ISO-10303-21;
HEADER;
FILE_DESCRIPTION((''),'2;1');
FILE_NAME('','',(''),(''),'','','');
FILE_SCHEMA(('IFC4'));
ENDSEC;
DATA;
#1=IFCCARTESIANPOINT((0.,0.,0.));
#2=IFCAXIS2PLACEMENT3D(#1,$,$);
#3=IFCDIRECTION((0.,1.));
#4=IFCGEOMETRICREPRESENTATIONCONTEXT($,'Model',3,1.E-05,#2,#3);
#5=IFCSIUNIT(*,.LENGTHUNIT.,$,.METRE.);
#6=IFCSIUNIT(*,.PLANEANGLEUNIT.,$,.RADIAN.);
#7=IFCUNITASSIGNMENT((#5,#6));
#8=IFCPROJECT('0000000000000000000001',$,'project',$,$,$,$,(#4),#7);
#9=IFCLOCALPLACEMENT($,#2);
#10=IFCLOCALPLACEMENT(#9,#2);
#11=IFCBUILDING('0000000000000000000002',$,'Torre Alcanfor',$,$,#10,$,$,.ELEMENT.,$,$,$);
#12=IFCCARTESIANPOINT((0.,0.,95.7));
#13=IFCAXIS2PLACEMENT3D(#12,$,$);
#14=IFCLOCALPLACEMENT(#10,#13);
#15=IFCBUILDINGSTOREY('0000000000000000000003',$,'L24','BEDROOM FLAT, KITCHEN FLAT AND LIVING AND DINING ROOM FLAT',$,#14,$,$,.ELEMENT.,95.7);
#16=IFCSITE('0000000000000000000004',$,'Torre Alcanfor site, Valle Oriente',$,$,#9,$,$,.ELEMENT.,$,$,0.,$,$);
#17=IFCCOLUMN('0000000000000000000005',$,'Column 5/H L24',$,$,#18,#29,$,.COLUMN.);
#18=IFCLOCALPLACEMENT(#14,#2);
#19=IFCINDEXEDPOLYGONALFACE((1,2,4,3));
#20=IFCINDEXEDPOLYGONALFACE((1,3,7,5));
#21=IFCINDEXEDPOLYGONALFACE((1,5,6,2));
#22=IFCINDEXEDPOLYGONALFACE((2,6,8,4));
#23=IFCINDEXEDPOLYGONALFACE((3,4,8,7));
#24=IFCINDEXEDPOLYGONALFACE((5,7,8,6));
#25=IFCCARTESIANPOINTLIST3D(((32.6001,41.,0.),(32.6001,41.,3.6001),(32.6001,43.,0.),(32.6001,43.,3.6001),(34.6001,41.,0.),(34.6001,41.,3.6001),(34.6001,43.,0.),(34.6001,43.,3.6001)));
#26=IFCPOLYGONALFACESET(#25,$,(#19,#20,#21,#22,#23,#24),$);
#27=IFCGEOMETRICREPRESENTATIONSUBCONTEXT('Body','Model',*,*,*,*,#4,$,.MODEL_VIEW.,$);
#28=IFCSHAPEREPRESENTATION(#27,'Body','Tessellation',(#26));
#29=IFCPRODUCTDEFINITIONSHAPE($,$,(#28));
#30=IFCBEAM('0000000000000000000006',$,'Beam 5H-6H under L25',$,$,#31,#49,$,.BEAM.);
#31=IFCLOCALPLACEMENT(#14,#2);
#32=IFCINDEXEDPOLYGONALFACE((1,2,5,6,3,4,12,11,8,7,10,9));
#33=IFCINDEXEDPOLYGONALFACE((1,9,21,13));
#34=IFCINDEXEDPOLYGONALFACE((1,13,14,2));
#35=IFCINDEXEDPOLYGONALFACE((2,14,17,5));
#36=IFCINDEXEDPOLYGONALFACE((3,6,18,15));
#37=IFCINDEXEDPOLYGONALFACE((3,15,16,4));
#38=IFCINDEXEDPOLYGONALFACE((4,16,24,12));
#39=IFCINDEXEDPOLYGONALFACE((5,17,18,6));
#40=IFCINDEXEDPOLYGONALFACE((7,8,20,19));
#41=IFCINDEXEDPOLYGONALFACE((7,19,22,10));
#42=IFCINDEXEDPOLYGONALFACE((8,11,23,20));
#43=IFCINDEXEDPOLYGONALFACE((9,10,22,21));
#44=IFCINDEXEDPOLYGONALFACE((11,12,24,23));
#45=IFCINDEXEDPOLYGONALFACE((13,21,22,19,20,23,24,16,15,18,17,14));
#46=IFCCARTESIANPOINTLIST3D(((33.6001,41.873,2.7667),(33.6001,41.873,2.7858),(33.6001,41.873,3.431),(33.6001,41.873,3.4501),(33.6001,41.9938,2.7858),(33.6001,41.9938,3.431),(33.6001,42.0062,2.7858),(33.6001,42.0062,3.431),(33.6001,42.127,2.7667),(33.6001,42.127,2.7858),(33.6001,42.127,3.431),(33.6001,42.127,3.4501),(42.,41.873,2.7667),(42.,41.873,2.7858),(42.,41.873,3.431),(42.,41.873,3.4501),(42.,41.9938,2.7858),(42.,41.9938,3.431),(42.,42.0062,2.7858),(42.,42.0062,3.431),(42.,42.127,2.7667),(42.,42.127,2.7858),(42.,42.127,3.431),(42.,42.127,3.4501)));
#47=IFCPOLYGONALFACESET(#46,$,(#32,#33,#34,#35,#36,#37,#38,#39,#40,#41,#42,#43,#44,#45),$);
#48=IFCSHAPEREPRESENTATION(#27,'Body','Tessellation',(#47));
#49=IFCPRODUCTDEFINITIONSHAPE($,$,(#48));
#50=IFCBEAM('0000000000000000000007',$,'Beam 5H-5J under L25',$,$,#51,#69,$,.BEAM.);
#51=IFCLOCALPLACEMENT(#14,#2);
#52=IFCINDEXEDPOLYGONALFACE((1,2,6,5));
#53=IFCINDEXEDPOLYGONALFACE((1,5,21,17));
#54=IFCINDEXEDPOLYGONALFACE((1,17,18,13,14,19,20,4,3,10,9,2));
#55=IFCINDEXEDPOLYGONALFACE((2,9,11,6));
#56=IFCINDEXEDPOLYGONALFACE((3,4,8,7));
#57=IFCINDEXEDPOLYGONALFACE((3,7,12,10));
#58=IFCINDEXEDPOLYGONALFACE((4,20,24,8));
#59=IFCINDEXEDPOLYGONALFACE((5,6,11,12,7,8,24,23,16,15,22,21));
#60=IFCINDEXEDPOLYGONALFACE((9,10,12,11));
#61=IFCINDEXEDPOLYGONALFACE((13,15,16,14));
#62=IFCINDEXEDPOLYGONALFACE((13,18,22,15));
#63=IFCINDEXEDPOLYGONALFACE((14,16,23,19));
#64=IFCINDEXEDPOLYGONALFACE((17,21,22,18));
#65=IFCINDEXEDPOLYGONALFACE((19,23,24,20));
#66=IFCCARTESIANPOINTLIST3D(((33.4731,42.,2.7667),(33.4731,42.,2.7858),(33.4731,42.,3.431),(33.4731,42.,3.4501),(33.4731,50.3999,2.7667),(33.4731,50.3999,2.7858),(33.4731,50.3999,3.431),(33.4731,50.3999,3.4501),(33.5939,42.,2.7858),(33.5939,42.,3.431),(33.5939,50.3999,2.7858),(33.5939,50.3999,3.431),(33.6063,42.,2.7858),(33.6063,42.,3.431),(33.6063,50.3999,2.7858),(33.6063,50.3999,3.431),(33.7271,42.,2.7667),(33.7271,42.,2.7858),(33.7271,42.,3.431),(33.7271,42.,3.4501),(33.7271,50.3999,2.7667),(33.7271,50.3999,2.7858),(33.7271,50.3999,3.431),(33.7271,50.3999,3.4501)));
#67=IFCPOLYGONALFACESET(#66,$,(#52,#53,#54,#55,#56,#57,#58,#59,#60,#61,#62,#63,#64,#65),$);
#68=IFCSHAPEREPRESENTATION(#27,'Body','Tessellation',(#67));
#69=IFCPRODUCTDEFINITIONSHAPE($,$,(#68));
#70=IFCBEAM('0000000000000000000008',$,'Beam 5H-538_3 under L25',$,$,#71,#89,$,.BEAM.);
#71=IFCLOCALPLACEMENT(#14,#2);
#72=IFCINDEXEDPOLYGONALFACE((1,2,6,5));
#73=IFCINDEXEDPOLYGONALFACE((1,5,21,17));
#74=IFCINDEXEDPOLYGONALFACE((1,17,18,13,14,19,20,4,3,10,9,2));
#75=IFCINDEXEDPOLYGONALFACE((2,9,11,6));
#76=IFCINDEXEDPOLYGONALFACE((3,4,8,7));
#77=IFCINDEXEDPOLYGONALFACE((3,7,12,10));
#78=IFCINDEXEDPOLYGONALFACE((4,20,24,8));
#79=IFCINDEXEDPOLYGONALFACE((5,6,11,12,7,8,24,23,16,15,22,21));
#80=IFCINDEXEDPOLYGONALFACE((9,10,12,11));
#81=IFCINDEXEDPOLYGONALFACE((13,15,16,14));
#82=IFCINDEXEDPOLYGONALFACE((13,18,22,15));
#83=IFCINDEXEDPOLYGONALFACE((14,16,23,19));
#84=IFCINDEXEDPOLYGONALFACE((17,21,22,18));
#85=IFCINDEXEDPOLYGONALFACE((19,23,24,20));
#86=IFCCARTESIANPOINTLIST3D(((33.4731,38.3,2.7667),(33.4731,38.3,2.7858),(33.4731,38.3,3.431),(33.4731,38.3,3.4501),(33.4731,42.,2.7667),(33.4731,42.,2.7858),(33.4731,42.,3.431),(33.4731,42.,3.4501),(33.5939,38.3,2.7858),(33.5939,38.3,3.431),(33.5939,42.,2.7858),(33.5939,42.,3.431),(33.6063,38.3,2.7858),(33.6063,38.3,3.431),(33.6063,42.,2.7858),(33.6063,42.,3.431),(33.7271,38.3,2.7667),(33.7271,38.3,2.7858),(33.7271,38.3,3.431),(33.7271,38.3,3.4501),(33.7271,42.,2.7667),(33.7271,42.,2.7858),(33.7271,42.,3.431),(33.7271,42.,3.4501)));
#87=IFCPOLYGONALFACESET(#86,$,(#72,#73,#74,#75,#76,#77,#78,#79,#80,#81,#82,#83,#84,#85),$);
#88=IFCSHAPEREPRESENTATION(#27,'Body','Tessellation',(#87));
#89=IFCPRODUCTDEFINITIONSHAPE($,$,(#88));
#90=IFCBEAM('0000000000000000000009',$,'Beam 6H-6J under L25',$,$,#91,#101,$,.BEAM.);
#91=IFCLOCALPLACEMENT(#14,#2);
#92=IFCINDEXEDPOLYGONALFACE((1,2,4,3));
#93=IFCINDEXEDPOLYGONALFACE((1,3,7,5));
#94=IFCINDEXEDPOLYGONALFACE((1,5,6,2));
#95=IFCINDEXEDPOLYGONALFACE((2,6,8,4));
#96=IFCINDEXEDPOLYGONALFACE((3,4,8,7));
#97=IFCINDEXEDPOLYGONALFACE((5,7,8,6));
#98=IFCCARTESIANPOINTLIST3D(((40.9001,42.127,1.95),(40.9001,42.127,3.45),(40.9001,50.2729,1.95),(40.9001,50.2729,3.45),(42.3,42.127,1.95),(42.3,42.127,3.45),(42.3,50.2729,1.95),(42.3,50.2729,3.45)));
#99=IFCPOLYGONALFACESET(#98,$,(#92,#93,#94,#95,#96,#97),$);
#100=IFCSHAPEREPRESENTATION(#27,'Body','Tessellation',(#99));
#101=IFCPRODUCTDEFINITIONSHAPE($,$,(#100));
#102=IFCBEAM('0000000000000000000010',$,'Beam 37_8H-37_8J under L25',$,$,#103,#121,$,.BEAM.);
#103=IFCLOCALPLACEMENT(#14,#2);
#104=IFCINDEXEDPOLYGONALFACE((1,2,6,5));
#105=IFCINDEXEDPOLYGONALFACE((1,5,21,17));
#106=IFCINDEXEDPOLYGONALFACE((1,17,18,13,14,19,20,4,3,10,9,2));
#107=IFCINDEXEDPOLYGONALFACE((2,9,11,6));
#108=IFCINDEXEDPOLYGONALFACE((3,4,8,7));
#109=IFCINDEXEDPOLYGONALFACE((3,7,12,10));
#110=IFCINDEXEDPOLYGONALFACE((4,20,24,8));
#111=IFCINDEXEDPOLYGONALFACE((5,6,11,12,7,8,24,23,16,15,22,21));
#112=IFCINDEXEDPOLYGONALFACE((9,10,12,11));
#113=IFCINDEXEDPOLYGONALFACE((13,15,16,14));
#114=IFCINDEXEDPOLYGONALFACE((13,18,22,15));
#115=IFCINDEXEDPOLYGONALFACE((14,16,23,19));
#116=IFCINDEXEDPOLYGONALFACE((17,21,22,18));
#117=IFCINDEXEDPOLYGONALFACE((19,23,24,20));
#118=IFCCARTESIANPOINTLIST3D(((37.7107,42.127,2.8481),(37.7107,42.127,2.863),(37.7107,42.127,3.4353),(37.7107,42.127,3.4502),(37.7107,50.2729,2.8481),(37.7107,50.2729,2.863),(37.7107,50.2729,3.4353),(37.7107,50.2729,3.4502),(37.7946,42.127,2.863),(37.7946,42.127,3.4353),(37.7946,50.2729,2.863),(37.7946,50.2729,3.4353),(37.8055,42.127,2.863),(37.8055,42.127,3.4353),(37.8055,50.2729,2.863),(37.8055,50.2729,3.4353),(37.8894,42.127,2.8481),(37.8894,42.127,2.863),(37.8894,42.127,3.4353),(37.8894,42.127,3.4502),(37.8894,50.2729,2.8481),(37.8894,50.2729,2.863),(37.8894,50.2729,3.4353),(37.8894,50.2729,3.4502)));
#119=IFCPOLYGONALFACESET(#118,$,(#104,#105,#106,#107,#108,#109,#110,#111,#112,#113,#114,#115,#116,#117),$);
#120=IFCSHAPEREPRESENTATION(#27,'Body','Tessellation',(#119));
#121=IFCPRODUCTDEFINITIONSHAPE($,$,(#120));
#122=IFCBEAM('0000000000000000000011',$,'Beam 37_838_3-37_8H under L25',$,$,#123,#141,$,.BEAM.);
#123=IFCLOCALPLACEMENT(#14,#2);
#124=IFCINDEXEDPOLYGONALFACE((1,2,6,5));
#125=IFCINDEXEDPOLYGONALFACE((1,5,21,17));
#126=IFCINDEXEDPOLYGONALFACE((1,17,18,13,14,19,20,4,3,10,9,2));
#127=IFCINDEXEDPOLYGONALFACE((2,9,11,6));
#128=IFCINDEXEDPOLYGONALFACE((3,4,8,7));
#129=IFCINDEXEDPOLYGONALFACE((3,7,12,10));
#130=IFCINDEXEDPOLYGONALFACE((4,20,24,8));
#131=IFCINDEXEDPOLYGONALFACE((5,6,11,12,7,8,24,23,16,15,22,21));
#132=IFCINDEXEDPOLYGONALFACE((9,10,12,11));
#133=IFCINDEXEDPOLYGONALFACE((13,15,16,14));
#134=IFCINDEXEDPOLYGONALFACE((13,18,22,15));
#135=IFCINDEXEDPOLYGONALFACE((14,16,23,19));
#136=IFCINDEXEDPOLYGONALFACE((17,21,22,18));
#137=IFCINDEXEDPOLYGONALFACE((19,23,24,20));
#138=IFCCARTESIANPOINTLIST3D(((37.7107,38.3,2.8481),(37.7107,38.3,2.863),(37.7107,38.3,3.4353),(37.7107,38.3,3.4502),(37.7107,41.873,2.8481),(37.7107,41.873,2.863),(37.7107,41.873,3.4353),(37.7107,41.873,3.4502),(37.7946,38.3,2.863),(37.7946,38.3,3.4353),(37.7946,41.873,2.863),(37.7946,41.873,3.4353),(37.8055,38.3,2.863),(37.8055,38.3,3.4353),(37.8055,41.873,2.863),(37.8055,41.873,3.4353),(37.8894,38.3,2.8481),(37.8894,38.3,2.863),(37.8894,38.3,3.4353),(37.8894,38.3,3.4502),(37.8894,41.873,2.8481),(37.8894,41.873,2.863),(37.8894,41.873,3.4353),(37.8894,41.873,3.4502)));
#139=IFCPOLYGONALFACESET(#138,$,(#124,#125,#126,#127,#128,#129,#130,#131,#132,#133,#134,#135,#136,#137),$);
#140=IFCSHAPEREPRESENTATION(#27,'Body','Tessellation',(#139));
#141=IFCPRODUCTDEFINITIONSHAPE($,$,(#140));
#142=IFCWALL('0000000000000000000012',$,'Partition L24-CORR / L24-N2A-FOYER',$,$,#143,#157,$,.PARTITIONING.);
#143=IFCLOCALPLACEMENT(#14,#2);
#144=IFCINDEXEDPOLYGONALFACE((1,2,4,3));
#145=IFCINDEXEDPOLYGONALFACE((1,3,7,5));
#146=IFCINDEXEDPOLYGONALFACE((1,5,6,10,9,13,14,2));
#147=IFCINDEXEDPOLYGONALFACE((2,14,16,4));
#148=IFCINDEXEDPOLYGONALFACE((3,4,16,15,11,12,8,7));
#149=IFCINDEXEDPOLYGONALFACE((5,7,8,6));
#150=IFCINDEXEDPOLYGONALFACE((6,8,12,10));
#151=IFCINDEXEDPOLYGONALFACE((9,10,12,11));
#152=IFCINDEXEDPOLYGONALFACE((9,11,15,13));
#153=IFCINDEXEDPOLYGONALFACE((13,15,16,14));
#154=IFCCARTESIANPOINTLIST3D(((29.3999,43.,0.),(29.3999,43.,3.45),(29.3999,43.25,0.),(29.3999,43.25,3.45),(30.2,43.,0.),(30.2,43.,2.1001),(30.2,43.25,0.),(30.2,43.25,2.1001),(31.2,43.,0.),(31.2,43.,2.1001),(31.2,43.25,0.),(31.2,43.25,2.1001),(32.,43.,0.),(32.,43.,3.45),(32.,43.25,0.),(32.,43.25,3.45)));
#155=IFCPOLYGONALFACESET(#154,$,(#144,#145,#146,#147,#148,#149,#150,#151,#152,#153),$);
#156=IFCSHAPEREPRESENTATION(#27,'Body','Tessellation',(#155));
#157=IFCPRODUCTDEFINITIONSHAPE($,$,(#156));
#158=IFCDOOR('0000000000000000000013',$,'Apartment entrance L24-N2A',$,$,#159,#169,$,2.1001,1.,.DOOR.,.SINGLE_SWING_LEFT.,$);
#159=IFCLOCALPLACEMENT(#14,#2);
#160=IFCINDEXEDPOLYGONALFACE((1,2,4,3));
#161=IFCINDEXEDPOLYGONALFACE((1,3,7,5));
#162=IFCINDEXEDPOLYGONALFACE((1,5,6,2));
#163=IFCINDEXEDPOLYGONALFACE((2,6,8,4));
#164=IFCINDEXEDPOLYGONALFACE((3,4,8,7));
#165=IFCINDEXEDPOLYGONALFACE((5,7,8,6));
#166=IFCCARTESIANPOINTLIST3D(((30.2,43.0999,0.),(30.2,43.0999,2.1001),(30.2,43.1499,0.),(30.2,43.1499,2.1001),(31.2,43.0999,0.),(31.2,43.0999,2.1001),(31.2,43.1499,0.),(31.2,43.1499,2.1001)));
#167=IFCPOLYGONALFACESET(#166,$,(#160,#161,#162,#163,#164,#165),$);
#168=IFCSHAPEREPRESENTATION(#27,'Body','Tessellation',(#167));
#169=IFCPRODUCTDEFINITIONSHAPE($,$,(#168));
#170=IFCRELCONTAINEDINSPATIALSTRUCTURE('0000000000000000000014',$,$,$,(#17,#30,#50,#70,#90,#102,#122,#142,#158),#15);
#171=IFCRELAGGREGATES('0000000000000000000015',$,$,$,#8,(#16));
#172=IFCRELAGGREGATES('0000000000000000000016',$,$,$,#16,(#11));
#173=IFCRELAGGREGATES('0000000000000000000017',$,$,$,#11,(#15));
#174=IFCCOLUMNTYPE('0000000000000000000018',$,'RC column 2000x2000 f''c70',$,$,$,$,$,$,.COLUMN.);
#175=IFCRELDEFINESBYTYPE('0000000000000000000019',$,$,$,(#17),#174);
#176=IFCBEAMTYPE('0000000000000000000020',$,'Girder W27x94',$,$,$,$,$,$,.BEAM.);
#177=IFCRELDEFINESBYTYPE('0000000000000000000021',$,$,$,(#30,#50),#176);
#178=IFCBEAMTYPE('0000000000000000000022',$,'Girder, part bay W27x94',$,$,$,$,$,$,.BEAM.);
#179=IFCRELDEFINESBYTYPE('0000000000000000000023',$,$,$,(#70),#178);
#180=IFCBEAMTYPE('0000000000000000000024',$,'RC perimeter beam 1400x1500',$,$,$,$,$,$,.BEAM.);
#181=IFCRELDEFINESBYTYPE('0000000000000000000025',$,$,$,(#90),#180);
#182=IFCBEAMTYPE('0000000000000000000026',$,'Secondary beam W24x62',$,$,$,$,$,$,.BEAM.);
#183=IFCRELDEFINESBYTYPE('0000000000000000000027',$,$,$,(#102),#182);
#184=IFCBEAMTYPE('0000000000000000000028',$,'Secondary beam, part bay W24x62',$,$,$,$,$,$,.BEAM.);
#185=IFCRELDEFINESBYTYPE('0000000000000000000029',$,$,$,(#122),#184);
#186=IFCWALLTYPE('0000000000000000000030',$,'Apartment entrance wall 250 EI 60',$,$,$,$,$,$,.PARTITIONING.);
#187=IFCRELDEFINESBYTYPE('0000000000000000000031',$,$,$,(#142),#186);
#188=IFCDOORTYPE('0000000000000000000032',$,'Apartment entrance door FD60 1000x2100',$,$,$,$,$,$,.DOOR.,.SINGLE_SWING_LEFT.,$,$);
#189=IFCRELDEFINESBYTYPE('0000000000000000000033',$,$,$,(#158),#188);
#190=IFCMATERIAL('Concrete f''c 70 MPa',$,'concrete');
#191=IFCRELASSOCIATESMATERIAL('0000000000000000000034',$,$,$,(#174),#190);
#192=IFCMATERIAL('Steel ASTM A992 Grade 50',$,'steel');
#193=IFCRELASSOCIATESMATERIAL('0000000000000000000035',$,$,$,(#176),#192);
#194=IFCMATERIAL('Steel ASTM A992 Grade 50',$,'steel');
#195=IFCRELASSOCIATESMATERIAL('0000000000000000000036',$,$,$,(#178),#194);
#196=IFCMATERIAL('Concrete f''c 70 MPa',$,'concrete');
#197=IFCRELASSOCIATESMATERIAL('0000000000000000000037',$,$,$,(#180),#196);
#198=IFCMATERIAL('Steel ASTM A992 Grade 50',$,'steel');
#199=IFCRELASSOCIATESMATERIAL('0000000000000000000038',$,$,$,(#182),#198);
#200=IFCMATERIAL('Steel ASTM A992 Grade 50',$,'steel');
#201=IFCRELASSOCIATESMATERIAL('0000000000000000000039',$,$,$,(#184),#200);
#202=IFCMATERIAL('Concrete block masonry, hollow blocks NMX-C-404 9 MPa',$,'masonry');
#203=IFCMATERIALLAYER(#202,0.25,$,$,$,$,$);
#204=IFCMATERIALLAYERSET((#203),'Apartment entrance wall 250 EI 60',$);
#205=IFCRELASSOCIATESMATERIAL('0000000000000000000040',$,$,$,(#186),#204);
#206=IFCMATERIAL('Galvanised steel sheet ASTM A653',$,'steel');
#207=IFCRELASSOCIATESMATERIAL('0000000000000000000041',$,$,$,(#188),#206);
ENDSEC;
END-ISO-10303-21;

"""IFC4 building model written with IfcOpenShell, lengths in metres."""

from ifc_helpers import new_model, si_unit, direction, frame, frame_2d, origin, origin_2d, place, context, subcontext, project, spatial, rectangle, i_section, extrude, material, layer, layer_set, material_profile, profile_set, type_object, element, fill, save


model = new_model("IFC4")

# Units and contexts
model_context = context("Model", 3, precision=1e-05, world=origin(), true_north=direction((0.0, 1.0)))
body_context = subcontext(model_context, "Body", "Model", "MODEL_VIEW")
ifc_project = project(units=[si_unit("LENGTHUNIT", "METRE"), si_unit("PLANEANGLEUNIT", "RADIAN")], contexts=[model_context])

# Site, building, storey
site_placement = place(None, origin())
site = spatial("IfcSite", under=ifc_project, at=site_placement, Name="Torre Alcanfor site, Valle Oriente", CompositionType="ELEMENT", RefElevation=0.0)
building_placement = place(site_placement, origin())
building = spatial("IfcBuilding", under=site, at=building_placement, Name="Torre Alcanfor", CompositionType="ELEMENT")
storey_placement = place(building_placement, frame((0.0, 0.0, 95.7)))
storey = spatial("IfcBuildingStorey", under=building, at=storey_placement, Name="L24", Description="BEDROOM FLAT, KITCHEN FLAT AND LIVING AND DINING ROOM FLAT", CompositionType="ELEMENT", Elevation=95.7)

# Column
ifc_material_1 = material(Name="Concrete f'c 70 MPa", Category="concrete")
ifc_material_profile_1 = material_profile(ifc_material_1, rectangle(XDim=2.0, YDim=2.0, at=origin_2d()), Name="2000x2000")
ifc_profile_set_1 = profile_set([ifc_material_profile_1], Name="Concrete f'c 70 MPa")
column_type = type_object("IfcColumnType", Name="RC column 2000x2000 f'c70", PredefinedType="COLUMN", material=ifc_profile_set_1)
column_placement = place(storey_placement, frame((33.6001, 42.0, 0.0), z_axis=(0.0, 0.0, 1.0), x_axis=(1.0, 0.0, 0.0)))
element("IfcColumn", 1, at=column_placement, inside=storey, type_object=column_type, Name="Column 5/H L24", PredefinedType="COLUMN", context=body_context, shape_type="SweptSolid", body=[
    extrude(rectangle(XDim=2.0, YDim=2.0, at=origin_2d()), origin(), (0.0, 0.0, 1.0), 3.6001),
])

# Beams
ifc_material_2 = material(Name="Steel ASTM A992 Grade 50", Category="steel")
ifc_material_profile_2 = material_profile(ifc_material_2, i_section(OverallWidth=0.2539, OverallDepth=0.6833, WebThickness=0.0125, FlangeThickness=0.019, at=origin_2d()), Name="W27x94")
ifc_profile_set_2 = profile_set([ifc_material_profile_2], Name="Steel ASTM A992 Grade 50")
beam_type_1 = type_object("IfcBeamType", Name="Girder W27x94", PredefinedType="BEAM", material=ifc_profile_set_2)
for number, where, z_axis, x_axis, name in (
    (2, (33.6001, 42.0, 3.1084), (1.0, 0.0, 0.0), (0.0, 1.0, 0.0), "Beam 5H-6H under L25"),
    (3, (33.6001, 42.0, 3.1084), (0.0, 1.0, 0.0), (-1.0, 0.0, 0.0), "Beam 5H-5J under L25"),
):
    element("IfcBeam", number, at=place(storey_placement, frame(where, z_axis=z_axis, x_axis=x_axis)), inside=storey, type_object=beam_type_1, Name=name, PredefinedType="BEAM", context=body_context, shape_type="SweptSolid", body=[
        extrude(i_section(OverallWidth=0.2539, OverallDepth=0.6833, WebThickness=0.0125, FlangeThickness=0.019, at=origin_2d()), origin(), (0.0, 0.0, 1.0), 8.3999),
    ])
ifc_material_3 = material(Name="Steel ASTM A992 Grade 50", Category="steel")
ifc_material_profile_3 = material_profile(ifc_material_3, i_section(OverallWidth=0.2539, OverallDepth=0.6833, WebThickness=0.0125, FlangeThickness=0.019, at=origin_2d()), Name="W27x94")
ifc_profile_set_3 = profile_set([ifc_material_profile_3], Name="Steel ASTM A992 Grade 50")
beam_type_2 = type_object("IfcBeamType", Name="Girder, part bay W27x94", PredefinedType="BEAM", material=ifc_profile_set_3)
beam_1_placement = place(storey_placement, frame((33.6001, 42.0, 3.1084), z_axis=(0.0, -1.0, 0.0), x_axis=(1.0, 0.0, 0.0)))
element("IfcBeam", 4, at=beam_1_placement, inside=storey, type_object=beam_type_2, Name="Beam 5H-538_3 under L25", PredefinedType="BEAM", context=body_context, shape_type="SweptSolid", body=[
    extrude(i_section(OverallWidth=0.2539, OverallDepth=0.6833, WebThickness=0.0125, FlangeThickness=0.019, at=origin_2d()), origin(), (0.0, 0.0, 1.0), 3.7),
])
ifc_material_4 = material(Name="Concrete f'c 70 MPa", Category="concrete")
ifc_material_profile_4 = material_profile(ifc_material_4, rectangle(XDim=1.3999, YDim=1.5, at=origin_2d()), Name="1400x1500")
ifc_profile_set_4 = profile_set([ifc_material_profile_4], Name="Concrete f'c 70 MPa")
beam_type_3 = type_object("IfcBeamType", Name="RC perimeter beam 1400x1500", PredefinedType="BEAM", material=ifc_profile_set_4)
beam_2_placement = place(storey_placement, frame((41.6001, 42.127, 2.7), z_axis=(0.0, 1.0, 0.0), x_axis=(-1.0, 0.0, 0.0)))
element("IfcBeam", 5, at=beam_2_placement, inside=storey, type_object=beam_type_3, Name="Beam 6H-6J under L25", PredefinedType="BEAM", context=body_context, shape_type="SweptSolid", body=[
    extrude(rectangle(XDim=1.3999, YDim=1.5, at=origin_2d()), origin(), (0.0, 0.0, 1.0), 8.146),
])
ifc_material_5 = material(Name="Steel ASTM A992 Grade 50", Category="steel")
ifc_material_profile_5 = material_profile(ifc_material_5, i_section(OverallWidth=0.1787, OverallDepth=0.6021, WebThickness=0.011, FlangeThickness=0.0149, at=origin_2d()), Name="W24x62")
ifc_profile_set_5 = profile_set([ifc_material_profile_5], Name="Steel ASTM A992 Grade 50")
beam_type_4 = type_object("IfcBeamType", Name="Secondary beam W24x62", PredefinedType="BEAM", material=ifc_profile_set_5)
beam_3_placement = place(storey_placement, frame((37.8, 42.127, 3.1492), z_axis=(0.0, 1.0, 0.0), x_axis=(-1.0, 0.0, 0.0)))
element("IfcBeam", 6, at=beam_3_placement, inside=storey, type_object=beam_type_4, Name="Beam 37_8H-37_8J under L25", PredefinedType="BEAM", context=body_context, shape_type="SweptSolid", body=[
    extrude(i_section(OverallWidth=0.1787, OverallDepth=0.6021, WebThickness=0.011, FlangeThickness=0.0149, at=origin_2d()), origin(), (0.0, 0.0, 1.0), 8.146),
])
ifc_material_6 = material(Name="Steel ASTM A992 Grade 50", Category="steel")
ifc_material_profile_6 = material_profile(ifc_material_6, i_section(OverallWidth=0.1787, OverallDepth=0.6021, WebThickness=0.011, FlangeThickness=0.0149, at=origin_2d()), Name="W24x62")
ifc_profile_set_6 = profile_set([ifc_material_profile_6], Name="Steel ASTM A992 Grade 50")
beam_type_5 = type_object("IfcBeamType", Name="Secondary beam, part bay W24x62", PredefinedType="BEAM", material=ifc_profile_set_6)
beam_4_placement = place(storey_placement, frame((37.8, 38.3, 3.1492), z_axis=(0.0, 1.0, 0.0), x_axis=(-1.0, 0.0, 0.0)))
element("IfcBeam", 7, at=beam_4_placement, inside=storey, type_object=beam_type_5, Name="Beam 37_838_3-37_8H under L25", PredefinedType="BEAM", context=body_context, shape_type="SweptSolid", body=[
    extrude(i_section(OverallWidth=0.1787, OverallDepth=0.6021, WebThickness=0.011, FlangeThickness=0.0149, at=origin_2d()), origin(), (0.0, 0.0, 1.0), 3.573),
])

# Wall, opening, door
ifc_material_7 = material(Name="Concrete block masonry, hollow blocks NMX-C-404 9 MPa", Category="masonry")
ifc_layer_1 = layer(ifc_material_7, 0.25)
ifc_layer_set_1 = layer_set([ifc_layer_1], Name="Apartment entrance wall 250 EI 60")
wall_type_1 = type_object("IfcWallType", Name="Apartment entrance wall 250 EI 60", PredefinedType="PARTITIONING", material=ifc_layer_set_1)
wall_1_placement = place(storey_placement, frame((29.3999, 43.125, 0.0), z_axis=(0.0, 0.0, 1.0), x_axis=(1.0, 0.0, 0.0)))
wall_1 = element("IfcWall", 8, at=wall_1_placement, inside=storey, type_object=wall_type_1, Name="Partition L24-CORR / L24-N2A-FOYER", PredefinedType="PARTITIONING", context=body_context, shape_type="SweptSolid", body=[
    extrude(rectangle(XDim=2.6001, YDim=0.25, at=frame_2d((1.3, 0.0))), origin(), (0.0, 0.0, 1.0), 3.45),
])
opening_1_placement = place(wall_1_placement, frame((0.8, 0.0, 0.0)))
opening_1 = element("IfcOpeningElement", 9, at=opening_1_placement, cuts=wall_1, PredefinedType="OPENING", context=body_context, shape_type="SweptSolid", body=[
    extrude(rectangle(XDim=1.0, YDim=2.1001, at=frame_2d((0.5, 1.05))), frame((0.0, 0.135, 0.0), z_axis=(0.0, -1.0, 0.0), x_axis=(1.0, 0.0, 0.0)), (0.0, 0.0, 1.0), 0.27),
])
ifc_material_8 = material(Name="Galvanised steel sheet ASTM A653", Category="steel")
door_type_1 = type_object("IfcDoorType", Name="Apartment entrance door FD60 1000x2100", OperationType="SINGLE_SWING_LEFT", PredefinedType="DOOR", material=ifc_material_8)
door_1_placement = place(opening_1_placement, origin())
door_1 = element("IfcDoor", 10, at=door_1_placement, inside=storey, type_object=door_type_1, Name="Apartment entrance L24-N2A", OperationType="SINGLE_SWING_LEFT", OverallHeight=2.1001, OverallWidth=1.0, PredefinedType="DOOR", context=body_context, shape_type="SweptSolid", body=[
    extrude(rectangle(XDim=1.0, YDim=2.1001, at=frame_2d((0.5, 1.05))), frame((0.0, 0.0249, 0.0), z_axis=(0.0, -1.0, 0.0), x_axis=(1.0, 0.0, 0.0)), (0.0, 0.0, 1.0), 0.05),
])
fill(opening_1, door_1)

save(model, "model.ifc")
